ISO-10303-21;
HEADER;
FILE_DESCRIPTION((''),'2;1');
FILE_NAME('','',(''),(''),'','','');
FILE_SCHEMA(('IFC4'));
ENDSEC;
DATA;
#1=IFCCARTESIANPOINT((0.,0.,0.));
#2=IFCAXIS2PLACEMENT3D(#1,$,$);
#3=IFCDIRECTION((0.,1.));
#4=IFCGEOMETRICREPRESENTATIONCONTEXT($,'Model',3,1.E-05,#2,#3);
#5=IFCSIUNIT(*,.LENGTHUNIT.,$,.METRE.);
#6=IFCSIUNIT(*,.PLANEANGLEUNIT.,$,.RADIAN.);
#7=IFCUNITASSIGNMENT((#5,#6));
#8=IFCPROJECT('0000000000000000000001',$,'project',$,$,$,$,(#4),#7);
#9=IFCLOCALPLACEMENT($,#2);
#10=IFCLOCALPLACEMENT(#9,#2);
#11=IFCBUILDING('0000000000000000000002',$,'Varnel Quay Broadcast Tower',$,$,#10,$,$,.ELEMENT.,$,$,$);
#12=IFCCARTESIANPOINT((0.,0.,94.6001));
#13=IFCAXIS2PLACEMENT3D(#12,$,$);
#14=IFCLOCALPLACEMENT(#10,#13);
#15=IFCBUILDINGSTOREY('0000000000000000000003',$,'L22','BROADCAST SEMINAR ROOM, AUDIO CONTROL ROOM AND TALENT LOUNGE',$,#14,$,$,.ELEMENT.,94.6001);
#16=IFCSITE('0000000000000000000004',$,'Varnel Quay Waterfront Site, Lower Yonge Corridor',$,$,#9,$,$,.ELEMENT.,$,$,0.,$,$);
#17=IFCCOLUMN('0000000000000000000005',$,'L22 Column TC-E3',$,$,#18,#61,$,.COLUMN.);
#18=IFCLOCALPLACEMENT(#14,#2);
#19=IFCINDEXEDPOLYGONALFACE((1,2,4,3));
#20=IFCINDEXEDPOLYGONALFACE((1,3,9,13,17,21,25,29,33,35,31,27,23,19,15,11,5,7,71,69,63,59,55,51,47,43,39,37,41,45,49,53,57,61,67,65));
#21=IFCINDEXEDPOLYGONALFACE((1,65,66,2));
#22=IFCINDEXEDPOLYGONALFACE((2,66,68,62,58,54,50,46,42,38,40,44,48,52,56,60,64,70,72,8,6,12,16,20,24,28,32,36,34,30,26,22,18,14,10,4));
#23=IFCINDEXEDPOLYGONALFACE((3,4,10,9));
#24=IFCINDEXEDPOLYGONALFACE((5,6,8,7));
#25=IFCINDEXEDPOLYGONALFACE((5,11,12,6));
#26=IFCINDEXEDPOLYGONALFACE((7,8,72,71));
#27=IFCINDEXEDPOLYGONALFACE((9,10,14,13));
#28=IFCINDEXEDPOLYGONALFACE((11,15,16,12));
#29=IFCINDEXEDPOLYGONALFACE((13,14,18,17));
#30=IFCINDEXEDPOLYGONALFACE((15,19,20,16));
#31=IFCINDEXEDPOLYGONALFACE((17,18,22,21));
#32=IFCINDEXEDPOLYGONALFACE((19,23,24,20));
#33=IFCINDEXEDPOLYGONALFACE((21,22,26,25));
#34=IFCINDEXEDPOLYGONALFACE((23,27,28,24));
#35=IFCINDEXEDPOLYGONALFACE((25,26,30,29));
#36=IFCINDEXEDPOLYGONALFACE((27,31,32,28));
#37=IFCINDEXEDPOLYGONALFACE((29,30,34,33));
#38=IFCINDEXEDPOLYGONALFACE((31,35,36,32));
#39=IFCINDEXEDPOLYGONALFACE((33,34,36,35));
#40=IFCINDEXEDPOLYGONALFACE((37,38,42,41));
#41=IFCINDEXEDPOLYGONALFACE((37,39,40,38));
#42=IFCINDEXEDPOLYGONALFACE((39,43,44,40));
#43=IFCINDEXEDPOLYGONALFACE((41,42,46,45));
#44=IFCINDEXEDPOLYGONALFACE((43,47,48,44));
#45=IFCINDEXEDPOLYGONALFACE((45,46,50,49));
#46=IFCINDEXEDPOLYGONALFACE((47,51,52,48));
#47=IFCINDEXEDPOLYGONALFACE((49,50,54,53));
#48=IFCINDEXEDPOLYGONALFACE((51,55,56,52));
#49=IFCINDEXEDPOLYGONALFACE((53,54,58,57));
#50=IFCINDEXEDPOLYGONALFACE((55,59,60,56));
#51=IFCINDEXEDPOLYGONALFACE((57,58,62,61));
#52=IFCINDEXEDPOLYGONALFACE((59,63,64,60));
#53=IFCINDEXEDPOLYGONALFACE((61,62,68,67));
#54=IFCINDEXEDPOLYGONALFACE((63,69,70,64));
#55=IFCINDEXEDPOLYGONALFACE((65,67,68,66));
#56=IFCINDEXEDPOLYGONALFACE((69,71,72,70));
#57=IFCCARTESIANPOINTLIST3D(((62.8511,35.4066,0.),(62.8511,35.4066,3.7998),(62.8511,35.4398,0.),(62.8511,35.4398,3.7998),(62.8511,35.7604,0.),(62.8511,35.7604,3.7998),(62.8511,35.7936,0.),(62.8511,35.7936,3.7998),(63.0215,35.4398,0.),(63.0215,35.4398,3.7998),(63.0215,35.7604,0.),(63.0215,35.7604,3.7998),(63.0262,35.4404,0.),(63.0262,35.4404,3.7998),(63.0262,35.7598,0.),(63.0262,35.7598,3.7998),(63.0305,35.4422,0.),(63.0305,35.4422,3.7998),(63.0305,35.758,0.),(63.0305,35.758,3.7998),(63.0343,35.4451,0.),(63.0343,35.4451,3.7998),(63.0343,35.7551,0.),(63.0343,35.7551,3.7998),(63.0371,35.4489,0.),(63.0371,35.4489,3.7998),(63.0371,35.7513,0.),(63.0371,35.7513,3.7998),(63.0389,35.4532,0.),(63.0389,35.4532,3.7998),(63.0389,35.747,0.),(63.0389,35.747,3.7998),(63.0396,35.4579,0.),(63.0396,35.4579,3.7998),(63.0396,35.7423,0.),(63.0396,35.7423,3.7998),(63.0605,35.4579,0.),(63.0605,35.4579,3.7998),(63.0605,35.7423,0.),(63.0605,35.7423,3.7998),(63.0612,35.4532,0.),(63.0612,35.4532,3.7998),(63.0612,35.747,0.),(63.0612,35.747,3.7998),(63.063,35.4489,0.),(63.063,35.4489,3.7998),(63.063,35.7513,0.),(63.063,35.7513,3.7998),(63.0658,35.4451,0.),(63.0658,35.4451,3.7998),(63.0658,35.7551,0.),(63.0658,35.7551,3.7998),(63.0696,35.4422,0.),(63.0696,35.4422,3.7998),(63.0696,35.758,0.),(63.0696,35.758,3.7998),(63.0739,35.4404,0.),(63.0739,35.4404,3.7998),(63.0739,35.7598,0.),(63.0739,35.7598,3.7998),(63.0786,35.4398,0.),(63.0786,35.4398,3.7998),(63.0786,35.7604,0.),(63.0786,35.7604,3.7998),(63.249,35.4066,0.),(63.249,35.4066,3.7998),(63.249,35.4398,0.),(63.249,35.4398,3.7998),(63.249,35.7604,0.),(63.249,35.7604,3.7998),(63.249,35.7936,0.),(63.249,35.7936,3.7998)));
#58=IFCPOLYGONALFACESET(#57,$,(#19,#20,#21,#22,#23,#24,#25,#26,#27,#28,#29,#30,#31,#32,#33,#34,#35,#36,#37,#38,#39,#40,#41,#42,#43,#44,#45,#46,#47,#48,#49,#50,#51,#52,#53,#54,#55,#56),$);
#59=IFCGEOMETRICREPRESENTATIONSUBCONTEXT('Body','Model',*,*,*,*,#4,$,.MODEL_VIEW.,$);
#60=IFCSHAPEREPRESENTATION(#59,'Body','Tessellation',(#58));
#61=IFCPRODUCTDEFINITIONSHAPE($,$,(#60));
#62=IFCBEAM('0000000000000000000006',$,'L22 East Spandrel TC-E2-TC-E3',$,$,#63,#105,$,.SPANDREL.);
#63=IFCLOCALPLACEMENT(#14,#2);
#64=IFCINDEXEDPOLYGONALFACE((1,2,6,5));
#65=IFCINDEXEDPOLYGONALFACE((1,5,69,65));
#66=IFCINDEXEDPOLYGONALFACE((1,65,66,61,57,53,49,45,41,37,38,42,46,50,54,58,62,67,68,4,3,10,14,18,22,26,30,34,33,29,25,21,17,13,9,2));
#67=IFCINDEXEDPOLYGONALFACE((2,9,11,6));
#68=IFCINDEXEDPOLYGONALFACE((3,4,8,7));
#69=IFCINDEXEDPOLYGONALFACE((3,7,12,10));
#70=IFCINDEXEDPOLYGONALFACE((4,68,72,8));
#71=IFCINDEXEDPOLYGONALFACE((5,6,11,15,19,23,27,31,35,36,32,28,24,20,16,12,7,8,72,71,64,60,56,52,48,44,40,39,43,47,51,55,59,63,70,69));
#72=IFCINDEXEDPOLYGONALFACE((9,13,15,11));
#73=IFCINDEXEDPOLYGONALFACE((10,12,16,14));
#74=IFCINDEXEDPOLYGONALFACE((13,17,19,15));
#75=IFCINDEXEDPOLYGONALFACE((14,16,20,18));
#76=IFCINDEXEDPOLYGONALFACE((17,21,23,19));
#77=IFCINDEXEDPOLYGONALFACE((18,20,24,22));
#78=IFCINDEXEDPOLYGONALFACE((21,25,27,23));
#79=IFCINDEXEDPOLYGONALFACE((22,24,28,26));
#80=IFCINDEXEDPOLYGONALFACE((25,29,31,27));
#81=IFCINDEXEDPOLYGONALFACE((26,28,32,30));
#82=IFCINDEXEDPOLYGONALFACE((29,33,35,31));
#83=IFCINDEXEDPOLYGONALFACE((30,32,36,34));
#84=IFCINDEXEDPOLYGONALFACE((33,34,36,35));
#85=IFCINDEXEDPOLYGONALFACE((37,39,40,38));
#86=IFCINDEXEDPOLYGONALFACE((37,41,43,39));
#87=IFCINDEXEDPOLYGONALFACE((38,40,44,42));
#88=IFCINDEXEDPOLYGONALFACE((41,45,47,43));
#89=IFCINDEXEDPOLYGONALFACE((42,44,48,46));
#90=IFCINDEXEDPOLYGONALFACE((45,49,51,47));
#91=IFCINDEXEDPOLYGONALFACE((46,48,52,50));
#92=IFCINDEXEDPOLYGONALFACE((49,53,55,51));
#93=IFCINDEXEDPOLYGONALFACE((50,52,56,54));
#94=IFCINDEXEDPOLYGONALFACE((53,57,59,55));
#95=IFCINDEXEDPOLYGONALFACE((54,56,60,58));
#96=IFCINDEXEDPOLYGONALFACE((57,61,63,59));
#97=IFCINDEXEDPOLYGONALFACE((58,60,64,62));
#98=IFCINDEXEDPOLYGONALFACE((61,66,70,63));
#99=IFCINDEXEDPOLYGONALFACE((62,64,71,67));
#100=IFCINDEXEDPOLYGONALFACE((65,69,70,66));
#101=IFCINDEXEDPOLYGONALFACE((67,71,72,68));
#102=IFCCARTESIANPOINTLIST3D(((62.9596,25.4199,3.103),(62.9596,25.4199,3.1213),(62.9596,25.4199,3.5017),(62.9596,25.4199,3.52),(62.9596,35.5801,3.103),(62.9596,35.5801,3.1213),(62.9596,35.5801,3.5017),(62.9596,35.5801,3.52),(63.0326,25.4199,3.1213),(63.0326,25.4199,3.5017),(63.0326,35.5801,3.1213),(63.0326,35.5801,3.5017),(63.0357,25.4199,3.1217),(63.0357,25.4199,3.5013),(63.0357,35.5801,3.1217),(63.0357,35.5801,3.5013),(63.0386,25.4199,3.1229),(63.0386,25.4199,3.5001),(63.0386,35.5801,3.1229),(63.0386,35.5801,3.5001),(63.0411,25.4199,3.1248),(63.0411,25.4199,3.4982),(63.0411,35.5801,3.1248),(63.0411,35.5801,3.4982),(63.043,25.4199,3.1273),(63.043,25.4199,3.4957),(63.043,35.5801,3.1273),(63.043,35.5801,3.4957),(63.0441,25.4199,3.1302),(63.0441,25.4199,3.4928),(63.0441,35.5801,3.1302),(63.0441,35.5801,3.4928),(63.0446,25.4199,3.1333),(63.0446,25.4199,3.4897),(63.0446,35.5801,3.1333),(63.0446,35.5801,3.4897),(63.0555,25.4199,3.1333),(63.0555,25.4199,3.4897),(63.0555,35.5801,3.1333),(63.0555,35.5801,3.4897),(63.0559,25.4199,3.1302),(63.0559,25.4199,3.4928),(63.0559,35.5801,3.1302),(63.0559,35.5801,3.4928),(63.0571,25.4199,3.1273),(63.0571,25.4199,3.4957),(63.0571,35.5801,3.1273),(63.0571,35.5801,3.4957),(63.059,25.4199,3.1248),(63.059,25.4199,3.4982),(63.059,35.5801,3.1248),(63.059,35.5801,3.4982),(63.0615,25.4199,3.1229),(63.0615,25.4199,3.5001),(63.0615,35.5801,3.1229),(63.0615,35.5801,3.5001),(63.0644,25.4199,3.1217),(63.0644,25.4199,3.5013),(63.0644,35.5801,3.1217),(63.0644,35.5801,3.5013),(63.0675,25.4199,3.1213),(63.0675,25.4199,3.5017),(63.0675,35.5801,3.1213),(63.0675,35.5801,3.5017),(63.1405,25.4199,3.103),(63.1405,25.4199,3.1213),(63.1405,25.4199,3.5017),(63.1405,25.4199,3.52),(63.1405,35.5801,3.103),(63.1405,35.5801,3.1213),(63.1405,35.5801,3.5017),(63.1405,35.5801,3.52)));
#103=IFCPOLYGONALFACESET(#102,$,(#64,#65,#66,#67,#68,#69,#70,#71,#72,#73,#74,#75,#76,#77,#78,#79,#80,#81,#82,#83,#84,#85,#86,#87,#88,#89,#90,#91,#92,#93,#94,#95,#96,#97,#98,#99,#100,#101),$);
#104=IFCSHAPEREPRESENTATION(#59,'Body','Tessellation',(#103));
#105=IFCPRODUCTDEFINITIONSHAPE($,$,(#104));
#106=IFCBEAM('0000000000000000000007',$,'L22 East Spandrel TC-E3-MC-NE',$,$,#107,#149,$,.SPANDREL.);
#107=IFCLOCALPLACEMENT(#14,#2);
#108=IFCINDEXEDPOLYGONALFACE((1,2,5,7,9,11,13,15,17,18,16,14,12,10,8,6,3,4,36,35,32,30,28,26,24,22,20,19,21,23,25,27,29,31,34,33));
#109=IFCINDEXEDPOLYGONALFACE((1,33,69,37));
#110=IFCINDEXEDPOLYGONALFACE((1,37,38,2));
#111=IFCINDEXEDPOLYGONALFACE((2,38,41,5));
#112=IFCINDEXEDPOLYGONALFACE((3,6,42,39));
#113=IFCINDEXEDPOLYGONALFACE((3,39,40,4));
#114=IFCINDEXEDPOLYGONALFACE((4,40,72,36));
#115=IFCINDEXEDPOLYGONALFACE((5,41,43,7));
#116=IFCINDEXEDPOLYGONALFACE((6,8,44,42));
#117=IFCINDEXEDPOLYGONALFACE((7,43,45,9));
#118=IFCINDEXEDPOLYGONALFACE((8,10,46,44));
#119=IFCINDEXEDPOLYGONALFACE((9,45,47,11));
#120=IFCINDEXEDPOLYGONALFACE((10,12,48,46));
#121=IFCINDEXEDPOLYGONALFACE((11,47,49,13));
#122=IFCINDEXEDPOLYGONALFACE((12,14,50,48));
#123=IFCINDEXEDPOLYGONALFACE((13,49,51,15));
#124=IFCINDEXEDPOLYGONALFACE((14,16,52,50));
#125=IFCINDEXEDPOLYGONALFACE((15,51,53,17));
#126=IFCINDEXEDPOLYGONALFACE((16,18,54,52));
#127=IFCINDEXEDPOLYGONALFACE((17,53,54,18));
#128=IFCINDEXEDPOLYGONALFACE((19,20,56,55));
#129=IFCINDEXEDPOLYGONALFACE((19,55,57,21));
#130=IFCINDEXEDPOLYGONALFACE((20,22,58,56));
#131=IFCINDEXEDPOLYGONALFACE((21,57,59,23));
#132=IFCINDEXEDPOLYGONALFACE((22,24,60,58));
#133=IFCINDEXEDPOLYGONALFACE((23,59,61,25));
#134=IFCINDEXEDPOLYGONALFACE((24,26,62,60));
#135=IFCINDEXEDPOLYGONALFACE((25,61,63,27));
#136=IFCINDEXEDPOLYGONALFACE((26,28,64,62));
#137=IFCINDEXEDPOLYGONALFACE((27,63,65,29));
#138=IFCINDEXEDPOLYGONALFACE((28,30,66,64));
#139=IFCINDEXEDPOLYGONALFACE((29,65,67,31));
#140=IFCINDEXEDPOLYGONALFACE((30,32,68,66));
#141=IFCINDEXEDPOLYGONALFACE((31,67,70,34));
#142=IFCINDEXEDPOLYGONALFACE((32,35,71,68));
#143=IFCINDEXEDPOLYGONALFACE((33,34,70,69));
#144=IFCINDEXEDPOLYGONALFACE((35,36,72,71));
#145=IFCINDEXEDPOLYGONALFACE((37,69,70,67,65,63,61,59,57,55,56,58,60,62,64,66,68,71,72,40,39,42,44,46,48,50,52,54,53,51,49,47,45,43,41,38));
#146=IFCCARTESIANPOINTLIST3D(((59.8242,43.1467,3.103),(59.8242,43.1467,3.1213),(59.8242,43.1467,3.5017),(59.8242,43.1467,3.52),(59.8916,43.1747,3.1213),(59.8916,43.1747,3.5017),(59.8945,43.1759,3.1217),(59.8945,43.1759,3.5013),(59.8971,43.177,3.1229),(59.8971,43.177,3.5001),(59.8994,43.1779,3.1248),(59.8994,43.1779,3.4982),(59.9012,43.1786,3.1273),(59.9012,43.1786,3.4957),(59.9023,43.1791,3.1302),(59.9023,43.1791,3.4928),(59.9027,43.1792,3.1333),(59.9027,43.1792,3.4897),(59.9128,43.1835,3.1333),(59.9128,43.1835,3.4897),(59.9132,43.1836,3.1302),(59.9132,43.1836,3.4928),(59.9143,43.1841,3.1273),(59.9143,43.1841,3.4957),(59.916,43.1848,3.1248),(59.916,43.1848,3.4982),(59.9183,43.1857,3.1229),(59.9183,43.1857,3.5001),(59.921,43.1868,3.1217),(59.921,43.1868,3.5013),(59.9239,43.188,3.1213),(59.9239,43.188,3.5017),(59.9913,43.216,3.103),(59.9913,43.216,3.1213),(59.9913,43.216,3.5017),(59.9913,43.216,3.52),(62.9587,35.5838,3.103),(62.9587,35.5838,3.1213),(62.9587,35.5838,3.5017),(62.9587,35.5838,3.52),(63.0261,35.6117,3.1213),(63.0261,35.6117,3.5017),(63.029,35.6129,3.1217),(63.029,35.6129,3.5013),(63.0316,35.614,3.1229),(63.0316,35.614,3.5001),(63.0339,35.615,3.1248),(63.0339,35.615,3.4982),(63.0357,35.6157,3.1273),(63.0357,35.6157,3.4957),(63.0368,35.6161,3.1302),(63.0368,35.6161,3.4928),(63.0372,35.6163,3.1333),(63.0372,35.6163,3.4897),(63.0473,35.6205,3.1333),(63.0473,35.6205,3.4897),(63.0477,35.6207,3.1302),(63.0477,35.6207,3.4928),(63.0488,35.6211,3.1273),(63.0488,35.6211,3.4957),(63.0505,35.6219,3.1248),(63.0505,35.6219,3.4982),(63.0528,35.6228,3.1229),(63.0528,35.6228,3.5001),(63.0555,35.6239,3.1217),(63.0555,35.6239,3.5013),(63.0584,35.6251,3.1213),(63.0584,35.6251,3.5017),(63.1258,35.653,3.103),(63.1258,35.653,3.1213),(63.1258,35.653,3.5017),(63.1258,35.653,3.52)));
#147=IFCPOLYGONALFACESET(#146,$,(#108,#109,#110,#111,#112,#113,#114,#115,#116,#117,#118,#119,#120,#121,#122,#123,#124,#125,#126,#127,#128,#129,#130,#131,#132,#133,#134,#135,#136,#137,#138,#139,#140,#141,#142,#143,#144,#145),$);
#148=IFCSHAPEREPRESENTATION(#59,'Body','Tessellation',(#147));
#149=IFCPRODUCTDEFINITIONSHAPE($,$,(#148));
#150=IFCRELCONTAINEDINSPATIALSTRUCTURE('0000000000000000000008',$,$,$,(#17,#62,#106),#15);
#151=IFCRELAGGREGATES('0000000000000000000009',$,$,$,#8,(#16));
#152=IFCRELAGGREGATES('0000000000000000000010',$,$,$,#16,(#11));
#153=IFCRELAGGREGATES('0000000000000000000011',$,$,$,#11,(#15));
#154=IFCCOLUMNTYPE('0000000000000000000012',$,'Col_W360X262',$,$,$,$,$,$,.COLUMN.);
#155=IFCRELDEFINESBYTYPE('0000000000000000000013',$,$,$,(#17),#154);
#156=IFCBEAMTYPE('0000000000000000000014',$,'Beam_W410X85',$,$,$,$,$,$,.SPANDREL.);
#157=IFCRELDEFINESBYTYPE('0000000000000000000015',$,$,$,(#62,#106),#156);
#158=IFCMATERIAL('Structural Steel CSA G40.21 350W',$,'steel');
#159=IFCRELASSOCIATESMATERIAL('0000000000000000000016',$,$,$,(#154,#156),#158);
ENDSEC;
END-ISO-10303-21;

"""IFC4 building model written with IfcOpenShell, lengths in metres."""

from ifc_helpers import new_model, si_unit, direction, frame, origin, origin_2d, place, context, subcontext, project, spatial, i_section, extrude, source, transform, mapped, material, material_profile, profile_set, type_object, type_shapes, element, save


model = new_model("IFC4")

# Units and contexts
model_context = context("Model", 3, precision=1e-05, world=origin(), true_north=direction((0.0, 1.0)))
body_context = subcontext(model_context, "Body", "Model", "MODEL_VIEW")
ifc_project = project(units=[si_unit("LENGTHUNIT", "METRE"), si_unit("PLANEANGLEUNIT", "RADIAN")], contexts=[model_context])

# Site, building, storey
site_placement = place(None, origin())
site = spatial("IfcSite", under=ifc_project, at=site_placement, Name="Varnel Quay Waterfront Site, Lower Yonge Corridor", CompositionType="ELEMENT", RefElevation=0.0)
building_placement = place(site_placement, origin())
building = spatial("IfcBuilding", under=site, at=building_placement, Name="Varnel Quay Broadcast Tower", CompositionType="ELEMENT")
storey_placement = place(building_placement, frame((0.0, 0.0, 94.6001)))
storey = spatial("IfcBuildingStorey", under=building, at=storey_placement, Name="L22", Description="BROADCAST SEMINAR ROOM, AUDIO CONTROL ROOM AND TALENT LOUNGE", CompositionType="ELEMENT", Elevation=94.6001)

# Column
ifc_material_1 = material(Name="Structural Steel CSA G40.21 350W", Category="steel")
ifc_material_profile_1 = material_profile(ifc_material_1, i_section(OverallWidth=0.3979, OverallDepth=0.387, WebThickness=0.021, FlangeThickness=0.0332, FilletRadius=0.0181, at=origin_2d()), Name="W360X262")
ifc_profile_set_1 = profile_set([ifc_material_profile_1], Name="Structural Steel CSA G40.21 350W")
column_type_1 = type_object("IfcColumnType", Name="Col_W360X262", PredefinedType="COLUMN", material=ifc_profile_set_1)
shared_shape_1 = source(origin(), body_context, "Body", "SweptSolid", [
    extrude(i_section(OverallWidth=0.3979, OverallDepth=0.387, WebThickness=0.021, FlangeThickness=0.0332, FilletRadius=0.0181, at=origin_2d()), origin(), (0.0, 0.0, 1.0), 3.7998),
])
type_shapes(column_type_1, [shared_shape_1])
for number, where, z_axis, x_axis, name in (
    (1, (63.05, 35.6001, 0.0), (0.0, 0.0, 1.0), (1.0, 0.0, 0.0), "L22 Column TC-E3"),
):
    element("IfcColumn", number, at=place(storey_placement, frame(where, z_axis=z_axis, x_axis=x_axis)), inside=storey, type_object=column_type_1, Name=name, PredefinedType="COLUMN", context=body_context, shape_type="MappedRepresentation", body=[
        mapped(shared_shape_1, transform((0.0, 0.0, 0.0), x_axis=(1.0, 0.0, 0.0), y_axis=(0.0, 1.0, 0.0), z_axis=(0.0, 0.0, 1.0), scale=1.0)),
    ])

# Beams
ifc_material_profile_2 = material_profile(ifc_material_1, i_section(OverallWidth=0.1809, OverallDepth=0.417, WebThickness=0.011, FlangeThickness=0.0183, FilletRadius=0.012, at=origin_2d()), Name="W410X85")
ifc_profile_set_2 = profile_set([ifc_material_profile_2], Name="Structural Steel CSA G40.21 350W")
beam_type_1 = type_object("IfcBeamType", Name="Beam_W410X85", PredefinedType="SPANDREL", material=ifc_profile_set_2)
shared_shape_2 = source(origin(), body_context, "Body", "SweptSolid", [
    extrude(i_section(OverallWidth=0.1809, OverallDepth=0.417, WebThickness=0.011, FlangeThickness=0.0183, FilletRadius=0.012, at=origin_2d()), origin(), (0.0, 0.0, 1.0), 10.1602),
])
beam_1_placement = place(storey_placement, frame((63.05, 25.4199, 3.3115), z_axis=(0.0, 1.0, 0.0), x_axis=(-1.0, 0.0, 0.0)))
element("IfcBeam", 2, at=beam_1_placement, inside=storey, type_object=beam_type_1, Name="L22 East Spandrel TC-E2-TC-E3", PredefinedType="SPANDREL", context=body_context, shape_type="MappedRepresentation", body=[
    mapped(shared_shape_2, transform((0.0, 0.0, 0.0), x_axis=(1.0, 0.0, 0.0), y_axis=(0.0, 1.0, 0.0), z_axis=(0.0, 0.0, 1.0), scale=1.0)),
])
shared_shape_3 = source(origin(), body_context, "Body", "SweptSolid", [
    extrude(i_section(OverallWidth=0.1809, OverallDepth=0.417, WebThickness=0.011, FlangeThickness=0.0183, FilletRadius=0.012, at=origin_2d()), origin(), (0.0, 0.0, 1.0), 8.1868),
])
beam_2_placement = place(storey_placement, frame((63.0422, 35.6184, 3.3115), z_axis=(-0.382874, 0.923801, 0.0), x_axis=(-0.923801, -0.382874, 0.0)))
element("IfcBeam", 3, at=beam_2_placement, inside=storey, type_object=beam_type_1, Name="L22 East Spandrel TC-E3-MC-NE", PredefinedType="SPANDREL", context=body_context, shape_type="MappedRepresentation", body=[
    mapped(shared_shape_3, transform((0.0, 0.0, 0.0), x_axis=(1.0, 0.0, 0.0), y_axis=(0.0, 1.0, 0.0), z_axis=(0.0, 0.0, 1.0), scale=1.0)),
])

save(model, "model.ifc")
